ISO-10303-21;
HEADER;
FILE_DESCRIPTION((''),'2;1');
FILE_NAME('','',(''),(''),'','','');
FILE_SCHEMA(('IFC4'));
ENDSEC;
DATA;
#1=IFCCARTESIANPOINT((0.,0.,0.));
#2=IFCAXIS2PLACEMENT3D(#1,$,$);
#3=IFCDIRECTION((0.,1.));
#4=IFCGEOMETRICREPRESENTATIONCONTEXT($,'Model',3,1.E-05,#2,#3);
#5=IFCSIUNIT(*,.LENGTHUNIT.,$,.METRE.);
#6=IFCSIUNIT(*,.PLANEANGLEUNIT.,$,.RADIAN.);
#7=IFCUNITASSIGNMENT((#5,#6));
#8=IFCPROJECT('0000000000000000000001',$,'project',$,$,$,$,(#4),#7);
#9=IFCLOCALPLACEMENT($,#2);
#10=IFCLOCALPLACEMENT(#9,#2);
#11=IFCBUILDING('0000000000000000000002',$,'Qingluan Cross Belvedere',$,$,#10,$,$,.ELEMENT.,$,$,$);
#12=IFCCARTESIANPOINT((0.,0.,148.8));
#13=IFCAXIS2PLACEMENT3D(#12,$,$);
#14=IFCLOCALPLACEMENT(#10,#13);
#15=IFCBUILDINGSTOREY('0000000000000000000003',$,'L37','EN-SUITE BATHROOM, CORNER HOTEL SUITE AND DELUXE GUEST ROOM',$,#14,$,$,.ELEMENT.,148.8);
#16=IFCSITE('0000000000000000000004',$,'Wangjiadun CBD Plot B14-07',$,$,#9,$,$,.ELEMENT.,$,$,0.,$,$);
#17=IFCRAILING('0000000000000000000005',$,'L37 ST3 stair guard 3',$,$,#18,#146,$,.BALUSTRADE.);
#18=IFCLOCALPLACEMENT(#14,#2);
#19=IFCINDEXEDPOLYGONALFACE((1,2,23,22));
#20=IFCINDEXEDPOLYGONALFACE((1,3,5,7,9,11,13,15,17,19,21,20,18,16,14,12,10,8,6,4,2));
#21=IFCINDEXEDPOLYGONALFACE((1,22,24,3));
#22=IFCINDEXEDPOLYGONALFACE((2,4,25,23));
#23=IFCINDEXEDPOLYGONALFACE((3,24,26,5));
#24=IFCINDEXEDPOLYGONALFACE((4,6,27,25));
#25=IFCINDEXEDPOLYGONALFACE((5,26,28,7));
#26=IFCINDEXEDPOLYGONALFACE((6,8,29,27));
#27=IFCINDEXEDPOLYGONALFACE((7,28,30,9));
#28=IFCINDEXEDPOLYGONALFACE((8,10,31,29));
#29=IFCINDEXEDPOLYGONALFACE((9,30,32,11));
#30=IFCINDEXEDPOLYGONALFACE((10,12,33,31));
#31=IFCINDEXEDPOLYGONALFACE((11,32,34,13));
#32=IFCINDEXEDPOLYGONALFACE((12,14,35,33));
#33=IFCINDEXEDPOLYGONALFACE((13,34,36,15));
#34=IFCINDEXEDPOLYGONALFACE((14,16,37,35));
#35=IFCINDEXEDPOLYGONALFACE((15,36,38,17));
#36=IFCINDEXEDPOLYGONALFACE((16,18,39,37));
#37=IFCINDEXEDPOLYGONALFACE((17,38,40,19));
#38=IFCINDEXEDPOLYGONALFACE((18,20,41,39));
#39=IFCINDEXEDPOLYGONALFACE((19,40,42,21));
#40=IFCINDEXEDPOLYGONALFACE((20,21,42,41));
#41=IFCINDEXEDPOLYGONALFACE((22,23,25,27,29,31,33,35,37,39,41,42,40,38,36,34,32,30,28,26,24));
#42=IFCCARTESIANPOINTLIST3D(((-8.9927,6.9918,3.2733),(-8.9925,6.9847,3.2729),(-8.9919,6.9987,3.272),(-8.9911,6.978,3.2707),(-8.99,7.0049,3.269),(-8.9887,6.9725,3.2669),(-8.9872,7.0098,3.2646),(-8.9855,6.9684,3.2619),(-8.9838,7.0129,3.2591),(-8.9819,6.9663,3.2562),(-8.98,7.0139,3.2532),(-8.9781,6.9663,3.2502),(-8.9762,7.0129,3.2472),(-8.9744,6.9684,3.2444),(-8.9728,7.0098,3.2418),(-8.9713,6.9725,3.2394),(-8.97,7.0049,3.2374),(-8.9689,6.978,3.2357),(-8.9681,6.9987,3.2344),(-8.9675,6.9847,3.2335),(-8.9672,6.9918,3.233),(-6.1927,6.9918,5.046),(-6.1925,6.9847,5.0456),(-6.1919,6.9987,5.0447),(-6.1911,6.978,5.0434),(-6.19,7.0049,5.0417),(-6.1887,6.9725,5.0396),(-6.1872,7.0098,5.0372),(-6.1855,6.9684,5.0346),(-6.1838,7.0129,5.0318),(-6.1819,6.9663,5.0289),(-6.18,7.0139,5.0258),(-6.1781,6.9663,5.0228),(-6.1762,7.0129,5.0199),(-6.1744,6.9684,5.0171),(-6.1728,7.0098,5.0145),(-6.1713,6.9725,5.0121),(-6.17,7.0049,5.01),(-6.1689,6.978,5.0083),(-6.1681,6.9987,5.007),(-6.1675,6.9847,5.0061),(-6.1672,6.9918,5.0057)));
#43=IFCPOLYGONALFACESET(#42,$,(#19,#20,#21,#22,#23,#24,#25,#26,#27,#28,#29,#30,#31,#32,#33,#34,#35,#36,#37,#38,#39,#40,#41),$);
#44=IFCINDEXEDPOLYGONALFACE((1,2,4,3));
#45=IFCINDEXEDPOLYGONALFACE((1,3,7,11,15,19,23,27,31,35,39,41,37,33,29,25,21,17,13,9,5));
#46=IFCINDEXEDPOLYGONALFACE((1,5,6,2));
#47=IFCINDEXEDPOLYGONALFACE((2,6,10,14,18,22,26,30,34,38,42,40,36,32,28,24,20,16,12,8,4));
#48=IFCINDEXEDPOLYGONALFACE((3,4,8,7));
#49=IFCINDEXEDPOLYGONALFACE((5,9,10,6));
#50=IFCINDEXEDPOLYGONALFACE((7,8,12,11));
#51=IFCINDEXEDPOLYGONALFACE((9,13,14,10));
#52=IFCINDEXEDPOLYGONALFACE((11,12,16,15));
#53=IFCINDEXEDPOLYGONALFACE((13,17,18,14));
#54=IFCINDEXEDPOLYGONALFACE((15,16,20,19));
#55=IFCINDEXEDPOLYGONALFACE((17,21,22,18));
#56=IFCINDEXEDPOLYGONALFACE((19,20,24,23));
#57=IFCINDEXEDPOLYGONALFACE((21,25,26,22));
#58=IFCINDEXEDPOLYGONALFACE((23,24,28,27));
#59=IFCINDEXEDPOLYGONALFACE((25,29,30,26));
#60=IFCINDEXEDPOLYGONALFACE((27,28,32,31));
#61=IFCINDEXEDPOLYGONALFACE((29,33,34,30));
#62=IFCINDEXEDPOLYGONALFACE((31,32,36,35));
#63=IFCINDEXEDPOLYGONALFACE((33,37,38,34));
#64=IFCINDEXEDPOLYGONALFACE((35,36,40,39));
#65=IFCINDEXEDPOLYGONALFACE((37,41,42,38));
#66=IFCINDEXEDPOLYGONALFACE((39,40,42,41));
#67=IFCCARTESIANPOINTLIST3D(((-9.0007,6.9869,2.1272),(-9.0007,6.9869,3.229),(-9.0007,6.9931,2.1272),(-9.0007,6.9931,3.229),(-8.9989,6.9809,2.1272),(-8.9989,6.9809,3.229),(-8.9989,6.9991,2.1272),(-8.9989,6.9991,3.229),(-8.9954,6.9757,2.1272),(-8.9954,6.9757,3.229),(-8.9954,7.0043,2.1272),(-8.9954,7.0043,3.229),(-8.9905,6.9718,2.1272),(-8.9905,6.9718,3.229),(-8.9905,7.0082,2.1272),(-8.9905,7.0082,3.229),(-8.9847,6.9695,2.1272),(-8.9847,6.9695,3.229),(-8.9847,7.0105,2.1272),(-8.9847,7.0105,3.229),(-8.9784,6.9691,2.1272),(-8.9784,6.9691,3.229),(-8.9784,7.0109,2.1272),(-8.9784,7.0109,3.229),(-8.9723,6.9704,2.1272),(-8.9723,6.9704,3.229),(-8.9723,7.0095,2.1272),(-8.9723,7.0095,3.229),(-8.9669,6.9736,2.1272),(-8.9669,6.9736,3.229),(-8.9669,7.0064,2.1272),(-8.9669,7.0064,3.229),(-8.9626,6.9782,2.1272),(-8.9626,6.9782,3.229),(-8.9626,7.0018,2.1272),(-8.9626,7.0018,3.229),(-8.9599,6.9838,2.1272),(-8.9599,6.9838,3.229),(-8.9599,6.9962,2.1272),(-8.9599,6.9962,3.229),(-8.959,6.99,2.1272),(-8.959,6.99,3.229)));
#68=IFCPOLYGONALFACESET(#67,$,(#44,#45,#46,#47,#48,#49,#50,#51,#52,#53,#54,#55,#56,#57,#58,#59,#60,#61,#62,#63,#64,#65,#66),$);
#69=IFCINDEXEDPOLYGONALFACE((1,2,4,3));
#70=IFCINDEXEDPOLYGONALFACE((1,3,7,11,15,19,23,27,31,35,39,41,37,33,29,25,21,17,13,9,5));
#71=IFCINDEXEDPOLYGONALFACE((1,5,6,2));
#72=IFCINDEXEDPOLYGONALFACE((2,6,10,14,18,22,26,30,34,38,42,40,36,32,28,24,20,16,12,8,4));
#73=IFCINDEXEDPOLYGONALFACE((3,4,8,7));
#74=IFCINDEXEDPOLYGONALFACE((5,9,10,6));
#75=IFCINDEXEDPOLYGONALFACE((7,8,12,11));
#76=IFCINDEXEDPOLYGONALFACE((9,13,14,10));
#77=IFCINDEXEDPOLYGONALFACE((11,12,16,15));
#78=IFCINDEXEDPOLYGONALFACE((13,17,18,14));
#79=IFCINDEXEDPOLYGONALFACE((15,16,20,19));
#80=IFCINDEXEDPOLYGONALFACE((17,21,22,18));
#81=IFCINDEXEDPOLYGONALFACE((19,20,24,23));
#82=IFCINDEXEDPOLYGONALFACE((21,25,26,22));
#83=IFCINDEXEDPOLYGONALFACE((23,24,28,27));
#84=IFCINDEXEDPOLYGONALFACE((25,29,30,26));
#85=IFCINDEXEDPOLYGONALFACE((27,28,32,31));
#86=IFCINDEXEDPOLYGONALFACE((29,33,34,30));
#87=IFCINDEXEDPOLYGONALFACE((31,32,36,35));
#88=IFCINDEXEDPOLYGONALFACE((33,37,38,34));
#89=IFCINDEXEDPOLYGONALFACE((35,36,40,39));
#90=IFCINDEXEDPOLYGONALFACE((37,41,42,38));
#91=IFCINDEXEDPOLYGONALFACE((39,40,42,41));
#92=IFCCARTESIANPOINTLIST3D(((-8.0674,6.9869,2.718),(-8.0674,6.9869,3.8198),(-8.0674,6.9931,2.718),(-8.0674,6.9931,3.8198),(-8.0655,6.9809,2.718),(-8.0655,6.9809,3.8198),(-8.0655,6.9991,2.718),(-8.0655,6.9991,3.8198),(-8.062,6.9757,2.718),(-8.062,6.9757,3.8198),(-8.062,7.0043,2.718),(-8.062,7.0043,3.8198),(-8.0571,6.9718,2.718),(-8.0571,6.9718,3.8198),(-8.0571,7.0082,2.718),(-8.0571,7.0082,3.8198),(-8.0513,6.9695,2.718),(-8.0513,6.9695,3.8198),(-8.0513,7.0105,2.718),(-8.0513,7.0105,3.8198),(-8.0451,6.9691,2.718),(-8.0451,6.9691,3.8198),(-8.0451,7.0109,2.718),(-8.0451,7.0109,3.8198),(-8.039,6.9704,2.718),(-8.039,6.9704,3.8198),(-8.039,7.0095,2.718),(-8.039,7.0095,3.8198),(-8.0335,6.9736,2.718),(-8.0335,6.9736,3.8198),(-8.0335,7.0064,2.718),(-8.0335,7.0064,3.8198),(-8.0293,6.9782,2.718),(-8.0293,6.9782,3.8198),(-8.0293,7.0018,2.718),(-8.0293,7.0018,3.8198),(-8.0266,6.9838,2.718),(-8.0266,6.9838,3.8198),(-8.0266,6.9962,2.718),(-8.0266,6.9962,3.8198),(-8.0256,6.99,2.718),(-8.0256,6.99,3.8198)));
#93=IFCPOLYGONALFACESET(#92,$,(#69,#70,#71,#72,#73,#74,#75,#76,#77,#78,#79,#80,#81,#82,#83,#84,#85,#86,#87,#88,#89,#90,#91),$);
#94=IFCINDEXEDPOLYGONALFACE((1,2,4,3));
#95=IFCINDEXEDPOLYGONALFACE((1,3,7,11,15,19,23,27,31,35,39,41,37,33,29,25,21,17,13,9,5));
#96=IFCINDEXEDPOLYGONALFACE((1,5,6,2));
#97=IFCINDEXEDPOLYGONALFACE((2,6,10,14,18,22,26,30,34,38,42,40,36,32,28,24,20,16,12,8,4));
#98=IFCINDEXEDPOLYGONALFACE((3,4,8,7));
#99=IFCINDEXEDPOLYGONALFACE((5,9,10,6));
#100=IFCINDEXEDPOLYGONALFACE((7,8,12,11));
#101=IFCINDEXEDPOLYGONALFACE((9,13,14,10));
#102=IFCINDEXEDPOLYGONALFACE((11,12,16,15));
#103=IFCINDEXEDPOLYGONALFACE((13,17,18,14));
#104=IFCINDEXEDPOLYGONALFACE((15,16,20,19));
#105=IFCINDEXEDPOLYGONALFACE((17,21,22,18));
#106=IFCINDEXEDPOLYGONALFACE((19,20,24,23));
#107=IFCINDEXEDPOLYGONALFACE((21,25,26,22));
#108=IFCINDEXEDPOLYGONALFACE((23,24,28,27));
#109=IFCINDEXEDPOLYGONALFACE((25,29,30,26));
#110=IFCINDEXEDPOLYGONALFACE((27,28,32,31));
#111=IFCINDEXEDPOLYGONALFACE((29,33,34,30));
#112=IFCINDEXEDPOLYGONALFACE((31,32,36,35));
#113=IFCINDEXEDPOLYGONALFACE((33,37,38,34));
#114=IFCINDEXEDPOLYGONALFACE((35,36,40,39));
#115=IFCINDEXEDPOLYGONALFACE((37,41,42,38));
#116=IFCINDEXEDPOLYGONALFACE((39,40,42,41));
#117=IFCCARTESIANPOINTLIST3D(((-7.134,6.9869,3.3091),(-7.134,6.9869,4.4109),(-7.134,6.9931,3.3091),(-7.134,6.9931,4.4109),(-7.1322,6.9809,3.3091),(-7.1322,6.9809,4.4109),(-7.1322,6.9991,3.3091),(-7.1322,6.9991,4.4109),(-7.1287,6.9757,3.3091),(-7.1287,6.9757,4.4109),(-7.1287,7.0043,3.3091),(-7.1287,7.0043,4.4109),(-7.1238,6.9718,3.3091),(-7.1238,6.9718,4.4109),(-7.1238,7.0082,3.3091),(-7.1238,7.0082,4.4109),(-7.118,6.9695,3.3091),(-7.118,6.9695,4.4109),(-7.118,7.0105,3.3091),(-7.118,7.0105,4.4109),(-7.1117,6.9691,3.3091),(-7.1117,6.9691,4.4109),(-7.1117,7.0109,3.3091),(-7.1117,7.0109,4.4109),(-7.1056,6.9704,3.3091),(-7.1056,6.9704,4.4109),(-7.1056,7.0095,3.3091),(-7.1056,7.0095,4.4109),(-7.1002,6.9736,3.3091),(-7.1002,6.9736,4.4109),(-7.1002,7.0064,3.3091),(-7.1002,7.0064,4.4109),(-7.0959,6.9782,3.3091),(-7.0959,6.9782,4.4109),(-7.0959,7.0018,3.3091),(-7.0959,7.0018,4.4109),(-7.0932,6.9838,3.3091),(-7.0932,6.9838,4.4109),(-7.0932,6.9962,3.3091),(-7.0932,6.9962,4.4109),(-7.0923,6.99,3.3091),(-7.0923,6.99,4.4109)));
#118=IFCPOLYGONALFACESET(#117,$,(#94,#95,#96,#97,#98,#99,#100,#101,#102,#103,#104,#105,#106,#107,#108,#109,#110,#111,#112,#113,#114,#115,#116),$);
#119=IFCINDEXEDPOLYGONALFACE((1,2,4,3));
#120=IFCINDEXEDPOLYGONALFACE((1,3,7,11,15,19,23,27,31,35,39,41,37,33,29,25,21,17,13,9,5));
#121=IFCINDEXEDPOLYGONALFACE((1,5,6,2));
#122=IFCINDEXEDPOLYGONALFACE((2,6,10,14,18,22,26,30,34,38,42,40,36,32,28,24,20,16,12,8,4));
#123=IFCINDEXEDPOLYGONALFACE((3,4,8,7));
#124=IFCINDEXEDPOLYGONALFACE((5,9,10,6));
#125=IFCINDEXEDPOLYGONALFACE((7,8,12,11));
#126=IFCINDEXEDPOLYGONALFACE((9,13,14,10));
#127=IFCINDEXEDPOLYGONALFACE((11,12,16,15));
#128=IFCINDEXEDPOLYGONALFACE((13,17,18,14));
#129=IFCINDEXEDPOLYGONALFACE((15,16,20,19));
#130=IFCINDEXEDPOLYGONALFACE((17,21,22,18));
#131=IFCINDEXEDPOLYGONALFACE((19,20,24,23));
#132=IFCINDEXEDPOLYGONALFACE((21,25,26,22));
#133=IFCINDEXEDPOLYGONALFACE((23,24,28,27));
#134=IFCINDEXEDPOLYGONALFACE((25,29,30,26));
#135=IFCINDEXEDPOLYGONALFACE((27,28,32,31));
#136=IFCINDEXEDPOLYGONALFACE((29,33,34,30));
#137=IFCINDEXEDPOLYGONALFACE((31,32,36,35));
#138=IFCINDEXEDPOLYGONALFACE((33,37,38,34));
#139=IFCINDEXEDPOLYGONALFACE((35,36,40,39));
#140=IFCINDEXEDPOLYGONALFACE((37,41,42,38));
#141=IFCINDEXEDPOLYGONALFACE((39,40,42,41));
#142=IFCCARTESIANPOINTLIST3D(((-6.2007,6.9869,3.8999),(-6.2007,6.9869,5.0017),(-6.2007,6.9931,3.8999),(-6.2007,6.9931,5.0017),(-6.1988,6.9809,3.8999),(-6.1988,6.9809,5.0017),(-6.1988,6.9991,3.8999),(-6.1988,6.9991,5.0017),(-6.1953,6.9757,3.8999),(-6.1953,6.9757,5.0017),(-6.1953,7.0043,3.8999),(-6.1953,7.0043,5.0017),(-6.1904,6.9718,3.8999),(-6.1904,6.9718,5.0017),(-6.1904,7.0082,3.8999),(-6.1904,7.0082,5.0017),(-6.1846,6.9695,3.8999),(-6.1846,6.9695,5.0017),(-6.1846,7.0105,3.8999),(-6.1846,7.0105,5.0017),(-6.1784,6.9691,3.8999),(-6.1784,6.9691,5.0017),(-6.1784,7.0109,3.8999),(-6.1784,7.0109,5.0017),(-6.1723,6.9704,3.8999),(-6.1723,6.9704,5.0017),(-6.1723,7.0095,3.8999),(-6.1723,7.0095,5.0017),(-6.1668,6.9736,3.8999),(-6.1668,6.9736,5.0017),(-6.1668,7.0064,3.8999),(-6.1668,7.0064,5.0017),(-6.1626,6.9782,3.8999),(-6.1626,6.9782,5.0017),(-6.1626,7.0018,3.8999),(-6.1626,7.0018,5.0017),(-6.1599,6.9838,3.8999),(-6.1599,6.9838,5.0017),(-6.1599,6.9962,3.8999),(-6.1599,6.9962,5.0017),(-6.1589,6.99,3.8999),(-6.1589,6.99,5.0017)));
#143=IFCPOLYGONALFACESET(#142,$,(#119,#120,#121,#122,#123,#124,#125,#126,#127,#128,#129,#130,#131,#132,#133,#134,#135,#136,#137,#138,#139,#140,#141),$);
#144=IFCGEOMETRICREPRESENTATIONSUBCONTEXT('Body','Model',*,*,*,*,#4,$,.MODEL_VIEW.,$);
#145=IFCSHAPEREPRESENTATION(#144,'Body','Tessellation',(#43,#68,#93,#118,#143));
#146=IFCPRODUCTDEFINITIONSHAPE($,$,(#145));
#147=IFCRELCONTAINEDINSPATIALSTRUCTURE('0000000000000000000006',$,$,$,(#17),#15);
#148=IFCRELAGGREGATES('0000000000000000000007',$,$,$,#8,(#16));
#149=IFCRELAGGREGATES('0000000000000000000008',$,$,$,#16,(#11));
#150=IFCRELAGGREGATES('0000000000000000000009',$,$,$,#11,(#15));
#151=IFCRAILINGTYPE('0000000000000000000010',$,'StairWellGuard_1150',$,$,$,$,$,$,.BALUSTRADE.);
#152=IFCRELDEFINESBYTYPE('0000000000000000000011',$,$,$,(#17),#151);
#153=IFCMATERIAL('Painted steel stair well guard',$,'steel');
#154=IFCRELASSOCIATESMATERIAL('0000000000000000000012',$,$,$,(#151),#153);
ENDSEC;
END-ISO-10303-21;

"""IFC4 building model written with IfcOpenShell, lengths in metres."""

from ifc_helpers import new_model, si_unit, direction, frame, origin, origin_2d, place, context, subcontext, project, spatial, circle, extrude, material, type_object, element, save


model = new_model("IFC4")

# Units and contexts
model_context = context("Model", 3, precision=1e-05, world=origin(), true_north=direction((0.0, 1.0)))
body_context = subcontext(model_context, "Body", "Model", "MODEL_VIEW")
ifc_project = project(units=[si_unit("LENGTHUNIT", "METRE"), si_unit("PLANEANGLEUNIT", "RADIAN")], contexts=[model_context])

# Site, building, storey
site_placement = place(None, origin())
site = spatial("IfcSite", under=ifc_project, at=site_placement, Name="Wangjiadun CBD Plot B14-07", CompositionType="ELEMENT", RefElevation=0.0)
building_placement = place(site_placement, origin())
building = spatial("IfcBuilding", under=site, at=building_placement, Name="Qingluan Cross Belvedere", CompositionType="ELEMENT")
storey_placement = place(building_placement, frame((0.0, 0.0, 148.8)))
storey = spatial("IfcBuildingStorey", under=building, at=storey_placement, Name="L37", Description="EN-SUITE BATHROOM, CORNER HOTEL SUITE AND DELUXE GUEST ROOM", CompositionType="ELEMENT", Elevation=148.8)

# Railing
ifc_material_1 = material(Name="Painted steel stair well guard", Category="steel")
railing_type_1 = type_object("IfcRailingType", Name="StairWellGuard_1150", PredefinedType="BALUSTRADE", material=ifc_material_1)
railing_1_placement = place(storey_placement, frame((-8.98, 6.99, 2.1272)))
element("IfcRailing", 1, at=railing_1_placement, inside=storey, type_object=railing_type_1, Name="L37 ST3 stair guard 3", PredefinedType="BALUSTRADE", context=body_context, shape_type="SweptSolid", body=[
    extrude(circle(Radius=0.0239, at=origin_2d()), frame((0.0, 0.0, 1.126), z_axis=(0.844909, 0.0, 0.53491), x_axis=(0.0, 1.0, 0.0)), (0.0, 0.0, 1.0), 3.314),
    extrude(circle(Radius=0.021, at=origin_2d()), origin(), (0.0, 0.0, 1.0), 1.1018),
    extrude(circle(Radius=0.021, at=origin_2d()), frame((0.9333, 0.0, 0.5908)), (0.0, 0.0, 1.0), 1.1018),
    extrude(circle(Radius=0.021, at=origin_2d()), frame((1.8667, 0.0, 1.1819)), (0.0, 0.0, 1.0), 1.1018),
    extrude(circle(Radius=0.021, at=origin_2d()), frame((2.8, 0.0, 1.7727)), (0.0, 0.0, 1.0), 1.1018),
])

save(model, "model.ifc")
